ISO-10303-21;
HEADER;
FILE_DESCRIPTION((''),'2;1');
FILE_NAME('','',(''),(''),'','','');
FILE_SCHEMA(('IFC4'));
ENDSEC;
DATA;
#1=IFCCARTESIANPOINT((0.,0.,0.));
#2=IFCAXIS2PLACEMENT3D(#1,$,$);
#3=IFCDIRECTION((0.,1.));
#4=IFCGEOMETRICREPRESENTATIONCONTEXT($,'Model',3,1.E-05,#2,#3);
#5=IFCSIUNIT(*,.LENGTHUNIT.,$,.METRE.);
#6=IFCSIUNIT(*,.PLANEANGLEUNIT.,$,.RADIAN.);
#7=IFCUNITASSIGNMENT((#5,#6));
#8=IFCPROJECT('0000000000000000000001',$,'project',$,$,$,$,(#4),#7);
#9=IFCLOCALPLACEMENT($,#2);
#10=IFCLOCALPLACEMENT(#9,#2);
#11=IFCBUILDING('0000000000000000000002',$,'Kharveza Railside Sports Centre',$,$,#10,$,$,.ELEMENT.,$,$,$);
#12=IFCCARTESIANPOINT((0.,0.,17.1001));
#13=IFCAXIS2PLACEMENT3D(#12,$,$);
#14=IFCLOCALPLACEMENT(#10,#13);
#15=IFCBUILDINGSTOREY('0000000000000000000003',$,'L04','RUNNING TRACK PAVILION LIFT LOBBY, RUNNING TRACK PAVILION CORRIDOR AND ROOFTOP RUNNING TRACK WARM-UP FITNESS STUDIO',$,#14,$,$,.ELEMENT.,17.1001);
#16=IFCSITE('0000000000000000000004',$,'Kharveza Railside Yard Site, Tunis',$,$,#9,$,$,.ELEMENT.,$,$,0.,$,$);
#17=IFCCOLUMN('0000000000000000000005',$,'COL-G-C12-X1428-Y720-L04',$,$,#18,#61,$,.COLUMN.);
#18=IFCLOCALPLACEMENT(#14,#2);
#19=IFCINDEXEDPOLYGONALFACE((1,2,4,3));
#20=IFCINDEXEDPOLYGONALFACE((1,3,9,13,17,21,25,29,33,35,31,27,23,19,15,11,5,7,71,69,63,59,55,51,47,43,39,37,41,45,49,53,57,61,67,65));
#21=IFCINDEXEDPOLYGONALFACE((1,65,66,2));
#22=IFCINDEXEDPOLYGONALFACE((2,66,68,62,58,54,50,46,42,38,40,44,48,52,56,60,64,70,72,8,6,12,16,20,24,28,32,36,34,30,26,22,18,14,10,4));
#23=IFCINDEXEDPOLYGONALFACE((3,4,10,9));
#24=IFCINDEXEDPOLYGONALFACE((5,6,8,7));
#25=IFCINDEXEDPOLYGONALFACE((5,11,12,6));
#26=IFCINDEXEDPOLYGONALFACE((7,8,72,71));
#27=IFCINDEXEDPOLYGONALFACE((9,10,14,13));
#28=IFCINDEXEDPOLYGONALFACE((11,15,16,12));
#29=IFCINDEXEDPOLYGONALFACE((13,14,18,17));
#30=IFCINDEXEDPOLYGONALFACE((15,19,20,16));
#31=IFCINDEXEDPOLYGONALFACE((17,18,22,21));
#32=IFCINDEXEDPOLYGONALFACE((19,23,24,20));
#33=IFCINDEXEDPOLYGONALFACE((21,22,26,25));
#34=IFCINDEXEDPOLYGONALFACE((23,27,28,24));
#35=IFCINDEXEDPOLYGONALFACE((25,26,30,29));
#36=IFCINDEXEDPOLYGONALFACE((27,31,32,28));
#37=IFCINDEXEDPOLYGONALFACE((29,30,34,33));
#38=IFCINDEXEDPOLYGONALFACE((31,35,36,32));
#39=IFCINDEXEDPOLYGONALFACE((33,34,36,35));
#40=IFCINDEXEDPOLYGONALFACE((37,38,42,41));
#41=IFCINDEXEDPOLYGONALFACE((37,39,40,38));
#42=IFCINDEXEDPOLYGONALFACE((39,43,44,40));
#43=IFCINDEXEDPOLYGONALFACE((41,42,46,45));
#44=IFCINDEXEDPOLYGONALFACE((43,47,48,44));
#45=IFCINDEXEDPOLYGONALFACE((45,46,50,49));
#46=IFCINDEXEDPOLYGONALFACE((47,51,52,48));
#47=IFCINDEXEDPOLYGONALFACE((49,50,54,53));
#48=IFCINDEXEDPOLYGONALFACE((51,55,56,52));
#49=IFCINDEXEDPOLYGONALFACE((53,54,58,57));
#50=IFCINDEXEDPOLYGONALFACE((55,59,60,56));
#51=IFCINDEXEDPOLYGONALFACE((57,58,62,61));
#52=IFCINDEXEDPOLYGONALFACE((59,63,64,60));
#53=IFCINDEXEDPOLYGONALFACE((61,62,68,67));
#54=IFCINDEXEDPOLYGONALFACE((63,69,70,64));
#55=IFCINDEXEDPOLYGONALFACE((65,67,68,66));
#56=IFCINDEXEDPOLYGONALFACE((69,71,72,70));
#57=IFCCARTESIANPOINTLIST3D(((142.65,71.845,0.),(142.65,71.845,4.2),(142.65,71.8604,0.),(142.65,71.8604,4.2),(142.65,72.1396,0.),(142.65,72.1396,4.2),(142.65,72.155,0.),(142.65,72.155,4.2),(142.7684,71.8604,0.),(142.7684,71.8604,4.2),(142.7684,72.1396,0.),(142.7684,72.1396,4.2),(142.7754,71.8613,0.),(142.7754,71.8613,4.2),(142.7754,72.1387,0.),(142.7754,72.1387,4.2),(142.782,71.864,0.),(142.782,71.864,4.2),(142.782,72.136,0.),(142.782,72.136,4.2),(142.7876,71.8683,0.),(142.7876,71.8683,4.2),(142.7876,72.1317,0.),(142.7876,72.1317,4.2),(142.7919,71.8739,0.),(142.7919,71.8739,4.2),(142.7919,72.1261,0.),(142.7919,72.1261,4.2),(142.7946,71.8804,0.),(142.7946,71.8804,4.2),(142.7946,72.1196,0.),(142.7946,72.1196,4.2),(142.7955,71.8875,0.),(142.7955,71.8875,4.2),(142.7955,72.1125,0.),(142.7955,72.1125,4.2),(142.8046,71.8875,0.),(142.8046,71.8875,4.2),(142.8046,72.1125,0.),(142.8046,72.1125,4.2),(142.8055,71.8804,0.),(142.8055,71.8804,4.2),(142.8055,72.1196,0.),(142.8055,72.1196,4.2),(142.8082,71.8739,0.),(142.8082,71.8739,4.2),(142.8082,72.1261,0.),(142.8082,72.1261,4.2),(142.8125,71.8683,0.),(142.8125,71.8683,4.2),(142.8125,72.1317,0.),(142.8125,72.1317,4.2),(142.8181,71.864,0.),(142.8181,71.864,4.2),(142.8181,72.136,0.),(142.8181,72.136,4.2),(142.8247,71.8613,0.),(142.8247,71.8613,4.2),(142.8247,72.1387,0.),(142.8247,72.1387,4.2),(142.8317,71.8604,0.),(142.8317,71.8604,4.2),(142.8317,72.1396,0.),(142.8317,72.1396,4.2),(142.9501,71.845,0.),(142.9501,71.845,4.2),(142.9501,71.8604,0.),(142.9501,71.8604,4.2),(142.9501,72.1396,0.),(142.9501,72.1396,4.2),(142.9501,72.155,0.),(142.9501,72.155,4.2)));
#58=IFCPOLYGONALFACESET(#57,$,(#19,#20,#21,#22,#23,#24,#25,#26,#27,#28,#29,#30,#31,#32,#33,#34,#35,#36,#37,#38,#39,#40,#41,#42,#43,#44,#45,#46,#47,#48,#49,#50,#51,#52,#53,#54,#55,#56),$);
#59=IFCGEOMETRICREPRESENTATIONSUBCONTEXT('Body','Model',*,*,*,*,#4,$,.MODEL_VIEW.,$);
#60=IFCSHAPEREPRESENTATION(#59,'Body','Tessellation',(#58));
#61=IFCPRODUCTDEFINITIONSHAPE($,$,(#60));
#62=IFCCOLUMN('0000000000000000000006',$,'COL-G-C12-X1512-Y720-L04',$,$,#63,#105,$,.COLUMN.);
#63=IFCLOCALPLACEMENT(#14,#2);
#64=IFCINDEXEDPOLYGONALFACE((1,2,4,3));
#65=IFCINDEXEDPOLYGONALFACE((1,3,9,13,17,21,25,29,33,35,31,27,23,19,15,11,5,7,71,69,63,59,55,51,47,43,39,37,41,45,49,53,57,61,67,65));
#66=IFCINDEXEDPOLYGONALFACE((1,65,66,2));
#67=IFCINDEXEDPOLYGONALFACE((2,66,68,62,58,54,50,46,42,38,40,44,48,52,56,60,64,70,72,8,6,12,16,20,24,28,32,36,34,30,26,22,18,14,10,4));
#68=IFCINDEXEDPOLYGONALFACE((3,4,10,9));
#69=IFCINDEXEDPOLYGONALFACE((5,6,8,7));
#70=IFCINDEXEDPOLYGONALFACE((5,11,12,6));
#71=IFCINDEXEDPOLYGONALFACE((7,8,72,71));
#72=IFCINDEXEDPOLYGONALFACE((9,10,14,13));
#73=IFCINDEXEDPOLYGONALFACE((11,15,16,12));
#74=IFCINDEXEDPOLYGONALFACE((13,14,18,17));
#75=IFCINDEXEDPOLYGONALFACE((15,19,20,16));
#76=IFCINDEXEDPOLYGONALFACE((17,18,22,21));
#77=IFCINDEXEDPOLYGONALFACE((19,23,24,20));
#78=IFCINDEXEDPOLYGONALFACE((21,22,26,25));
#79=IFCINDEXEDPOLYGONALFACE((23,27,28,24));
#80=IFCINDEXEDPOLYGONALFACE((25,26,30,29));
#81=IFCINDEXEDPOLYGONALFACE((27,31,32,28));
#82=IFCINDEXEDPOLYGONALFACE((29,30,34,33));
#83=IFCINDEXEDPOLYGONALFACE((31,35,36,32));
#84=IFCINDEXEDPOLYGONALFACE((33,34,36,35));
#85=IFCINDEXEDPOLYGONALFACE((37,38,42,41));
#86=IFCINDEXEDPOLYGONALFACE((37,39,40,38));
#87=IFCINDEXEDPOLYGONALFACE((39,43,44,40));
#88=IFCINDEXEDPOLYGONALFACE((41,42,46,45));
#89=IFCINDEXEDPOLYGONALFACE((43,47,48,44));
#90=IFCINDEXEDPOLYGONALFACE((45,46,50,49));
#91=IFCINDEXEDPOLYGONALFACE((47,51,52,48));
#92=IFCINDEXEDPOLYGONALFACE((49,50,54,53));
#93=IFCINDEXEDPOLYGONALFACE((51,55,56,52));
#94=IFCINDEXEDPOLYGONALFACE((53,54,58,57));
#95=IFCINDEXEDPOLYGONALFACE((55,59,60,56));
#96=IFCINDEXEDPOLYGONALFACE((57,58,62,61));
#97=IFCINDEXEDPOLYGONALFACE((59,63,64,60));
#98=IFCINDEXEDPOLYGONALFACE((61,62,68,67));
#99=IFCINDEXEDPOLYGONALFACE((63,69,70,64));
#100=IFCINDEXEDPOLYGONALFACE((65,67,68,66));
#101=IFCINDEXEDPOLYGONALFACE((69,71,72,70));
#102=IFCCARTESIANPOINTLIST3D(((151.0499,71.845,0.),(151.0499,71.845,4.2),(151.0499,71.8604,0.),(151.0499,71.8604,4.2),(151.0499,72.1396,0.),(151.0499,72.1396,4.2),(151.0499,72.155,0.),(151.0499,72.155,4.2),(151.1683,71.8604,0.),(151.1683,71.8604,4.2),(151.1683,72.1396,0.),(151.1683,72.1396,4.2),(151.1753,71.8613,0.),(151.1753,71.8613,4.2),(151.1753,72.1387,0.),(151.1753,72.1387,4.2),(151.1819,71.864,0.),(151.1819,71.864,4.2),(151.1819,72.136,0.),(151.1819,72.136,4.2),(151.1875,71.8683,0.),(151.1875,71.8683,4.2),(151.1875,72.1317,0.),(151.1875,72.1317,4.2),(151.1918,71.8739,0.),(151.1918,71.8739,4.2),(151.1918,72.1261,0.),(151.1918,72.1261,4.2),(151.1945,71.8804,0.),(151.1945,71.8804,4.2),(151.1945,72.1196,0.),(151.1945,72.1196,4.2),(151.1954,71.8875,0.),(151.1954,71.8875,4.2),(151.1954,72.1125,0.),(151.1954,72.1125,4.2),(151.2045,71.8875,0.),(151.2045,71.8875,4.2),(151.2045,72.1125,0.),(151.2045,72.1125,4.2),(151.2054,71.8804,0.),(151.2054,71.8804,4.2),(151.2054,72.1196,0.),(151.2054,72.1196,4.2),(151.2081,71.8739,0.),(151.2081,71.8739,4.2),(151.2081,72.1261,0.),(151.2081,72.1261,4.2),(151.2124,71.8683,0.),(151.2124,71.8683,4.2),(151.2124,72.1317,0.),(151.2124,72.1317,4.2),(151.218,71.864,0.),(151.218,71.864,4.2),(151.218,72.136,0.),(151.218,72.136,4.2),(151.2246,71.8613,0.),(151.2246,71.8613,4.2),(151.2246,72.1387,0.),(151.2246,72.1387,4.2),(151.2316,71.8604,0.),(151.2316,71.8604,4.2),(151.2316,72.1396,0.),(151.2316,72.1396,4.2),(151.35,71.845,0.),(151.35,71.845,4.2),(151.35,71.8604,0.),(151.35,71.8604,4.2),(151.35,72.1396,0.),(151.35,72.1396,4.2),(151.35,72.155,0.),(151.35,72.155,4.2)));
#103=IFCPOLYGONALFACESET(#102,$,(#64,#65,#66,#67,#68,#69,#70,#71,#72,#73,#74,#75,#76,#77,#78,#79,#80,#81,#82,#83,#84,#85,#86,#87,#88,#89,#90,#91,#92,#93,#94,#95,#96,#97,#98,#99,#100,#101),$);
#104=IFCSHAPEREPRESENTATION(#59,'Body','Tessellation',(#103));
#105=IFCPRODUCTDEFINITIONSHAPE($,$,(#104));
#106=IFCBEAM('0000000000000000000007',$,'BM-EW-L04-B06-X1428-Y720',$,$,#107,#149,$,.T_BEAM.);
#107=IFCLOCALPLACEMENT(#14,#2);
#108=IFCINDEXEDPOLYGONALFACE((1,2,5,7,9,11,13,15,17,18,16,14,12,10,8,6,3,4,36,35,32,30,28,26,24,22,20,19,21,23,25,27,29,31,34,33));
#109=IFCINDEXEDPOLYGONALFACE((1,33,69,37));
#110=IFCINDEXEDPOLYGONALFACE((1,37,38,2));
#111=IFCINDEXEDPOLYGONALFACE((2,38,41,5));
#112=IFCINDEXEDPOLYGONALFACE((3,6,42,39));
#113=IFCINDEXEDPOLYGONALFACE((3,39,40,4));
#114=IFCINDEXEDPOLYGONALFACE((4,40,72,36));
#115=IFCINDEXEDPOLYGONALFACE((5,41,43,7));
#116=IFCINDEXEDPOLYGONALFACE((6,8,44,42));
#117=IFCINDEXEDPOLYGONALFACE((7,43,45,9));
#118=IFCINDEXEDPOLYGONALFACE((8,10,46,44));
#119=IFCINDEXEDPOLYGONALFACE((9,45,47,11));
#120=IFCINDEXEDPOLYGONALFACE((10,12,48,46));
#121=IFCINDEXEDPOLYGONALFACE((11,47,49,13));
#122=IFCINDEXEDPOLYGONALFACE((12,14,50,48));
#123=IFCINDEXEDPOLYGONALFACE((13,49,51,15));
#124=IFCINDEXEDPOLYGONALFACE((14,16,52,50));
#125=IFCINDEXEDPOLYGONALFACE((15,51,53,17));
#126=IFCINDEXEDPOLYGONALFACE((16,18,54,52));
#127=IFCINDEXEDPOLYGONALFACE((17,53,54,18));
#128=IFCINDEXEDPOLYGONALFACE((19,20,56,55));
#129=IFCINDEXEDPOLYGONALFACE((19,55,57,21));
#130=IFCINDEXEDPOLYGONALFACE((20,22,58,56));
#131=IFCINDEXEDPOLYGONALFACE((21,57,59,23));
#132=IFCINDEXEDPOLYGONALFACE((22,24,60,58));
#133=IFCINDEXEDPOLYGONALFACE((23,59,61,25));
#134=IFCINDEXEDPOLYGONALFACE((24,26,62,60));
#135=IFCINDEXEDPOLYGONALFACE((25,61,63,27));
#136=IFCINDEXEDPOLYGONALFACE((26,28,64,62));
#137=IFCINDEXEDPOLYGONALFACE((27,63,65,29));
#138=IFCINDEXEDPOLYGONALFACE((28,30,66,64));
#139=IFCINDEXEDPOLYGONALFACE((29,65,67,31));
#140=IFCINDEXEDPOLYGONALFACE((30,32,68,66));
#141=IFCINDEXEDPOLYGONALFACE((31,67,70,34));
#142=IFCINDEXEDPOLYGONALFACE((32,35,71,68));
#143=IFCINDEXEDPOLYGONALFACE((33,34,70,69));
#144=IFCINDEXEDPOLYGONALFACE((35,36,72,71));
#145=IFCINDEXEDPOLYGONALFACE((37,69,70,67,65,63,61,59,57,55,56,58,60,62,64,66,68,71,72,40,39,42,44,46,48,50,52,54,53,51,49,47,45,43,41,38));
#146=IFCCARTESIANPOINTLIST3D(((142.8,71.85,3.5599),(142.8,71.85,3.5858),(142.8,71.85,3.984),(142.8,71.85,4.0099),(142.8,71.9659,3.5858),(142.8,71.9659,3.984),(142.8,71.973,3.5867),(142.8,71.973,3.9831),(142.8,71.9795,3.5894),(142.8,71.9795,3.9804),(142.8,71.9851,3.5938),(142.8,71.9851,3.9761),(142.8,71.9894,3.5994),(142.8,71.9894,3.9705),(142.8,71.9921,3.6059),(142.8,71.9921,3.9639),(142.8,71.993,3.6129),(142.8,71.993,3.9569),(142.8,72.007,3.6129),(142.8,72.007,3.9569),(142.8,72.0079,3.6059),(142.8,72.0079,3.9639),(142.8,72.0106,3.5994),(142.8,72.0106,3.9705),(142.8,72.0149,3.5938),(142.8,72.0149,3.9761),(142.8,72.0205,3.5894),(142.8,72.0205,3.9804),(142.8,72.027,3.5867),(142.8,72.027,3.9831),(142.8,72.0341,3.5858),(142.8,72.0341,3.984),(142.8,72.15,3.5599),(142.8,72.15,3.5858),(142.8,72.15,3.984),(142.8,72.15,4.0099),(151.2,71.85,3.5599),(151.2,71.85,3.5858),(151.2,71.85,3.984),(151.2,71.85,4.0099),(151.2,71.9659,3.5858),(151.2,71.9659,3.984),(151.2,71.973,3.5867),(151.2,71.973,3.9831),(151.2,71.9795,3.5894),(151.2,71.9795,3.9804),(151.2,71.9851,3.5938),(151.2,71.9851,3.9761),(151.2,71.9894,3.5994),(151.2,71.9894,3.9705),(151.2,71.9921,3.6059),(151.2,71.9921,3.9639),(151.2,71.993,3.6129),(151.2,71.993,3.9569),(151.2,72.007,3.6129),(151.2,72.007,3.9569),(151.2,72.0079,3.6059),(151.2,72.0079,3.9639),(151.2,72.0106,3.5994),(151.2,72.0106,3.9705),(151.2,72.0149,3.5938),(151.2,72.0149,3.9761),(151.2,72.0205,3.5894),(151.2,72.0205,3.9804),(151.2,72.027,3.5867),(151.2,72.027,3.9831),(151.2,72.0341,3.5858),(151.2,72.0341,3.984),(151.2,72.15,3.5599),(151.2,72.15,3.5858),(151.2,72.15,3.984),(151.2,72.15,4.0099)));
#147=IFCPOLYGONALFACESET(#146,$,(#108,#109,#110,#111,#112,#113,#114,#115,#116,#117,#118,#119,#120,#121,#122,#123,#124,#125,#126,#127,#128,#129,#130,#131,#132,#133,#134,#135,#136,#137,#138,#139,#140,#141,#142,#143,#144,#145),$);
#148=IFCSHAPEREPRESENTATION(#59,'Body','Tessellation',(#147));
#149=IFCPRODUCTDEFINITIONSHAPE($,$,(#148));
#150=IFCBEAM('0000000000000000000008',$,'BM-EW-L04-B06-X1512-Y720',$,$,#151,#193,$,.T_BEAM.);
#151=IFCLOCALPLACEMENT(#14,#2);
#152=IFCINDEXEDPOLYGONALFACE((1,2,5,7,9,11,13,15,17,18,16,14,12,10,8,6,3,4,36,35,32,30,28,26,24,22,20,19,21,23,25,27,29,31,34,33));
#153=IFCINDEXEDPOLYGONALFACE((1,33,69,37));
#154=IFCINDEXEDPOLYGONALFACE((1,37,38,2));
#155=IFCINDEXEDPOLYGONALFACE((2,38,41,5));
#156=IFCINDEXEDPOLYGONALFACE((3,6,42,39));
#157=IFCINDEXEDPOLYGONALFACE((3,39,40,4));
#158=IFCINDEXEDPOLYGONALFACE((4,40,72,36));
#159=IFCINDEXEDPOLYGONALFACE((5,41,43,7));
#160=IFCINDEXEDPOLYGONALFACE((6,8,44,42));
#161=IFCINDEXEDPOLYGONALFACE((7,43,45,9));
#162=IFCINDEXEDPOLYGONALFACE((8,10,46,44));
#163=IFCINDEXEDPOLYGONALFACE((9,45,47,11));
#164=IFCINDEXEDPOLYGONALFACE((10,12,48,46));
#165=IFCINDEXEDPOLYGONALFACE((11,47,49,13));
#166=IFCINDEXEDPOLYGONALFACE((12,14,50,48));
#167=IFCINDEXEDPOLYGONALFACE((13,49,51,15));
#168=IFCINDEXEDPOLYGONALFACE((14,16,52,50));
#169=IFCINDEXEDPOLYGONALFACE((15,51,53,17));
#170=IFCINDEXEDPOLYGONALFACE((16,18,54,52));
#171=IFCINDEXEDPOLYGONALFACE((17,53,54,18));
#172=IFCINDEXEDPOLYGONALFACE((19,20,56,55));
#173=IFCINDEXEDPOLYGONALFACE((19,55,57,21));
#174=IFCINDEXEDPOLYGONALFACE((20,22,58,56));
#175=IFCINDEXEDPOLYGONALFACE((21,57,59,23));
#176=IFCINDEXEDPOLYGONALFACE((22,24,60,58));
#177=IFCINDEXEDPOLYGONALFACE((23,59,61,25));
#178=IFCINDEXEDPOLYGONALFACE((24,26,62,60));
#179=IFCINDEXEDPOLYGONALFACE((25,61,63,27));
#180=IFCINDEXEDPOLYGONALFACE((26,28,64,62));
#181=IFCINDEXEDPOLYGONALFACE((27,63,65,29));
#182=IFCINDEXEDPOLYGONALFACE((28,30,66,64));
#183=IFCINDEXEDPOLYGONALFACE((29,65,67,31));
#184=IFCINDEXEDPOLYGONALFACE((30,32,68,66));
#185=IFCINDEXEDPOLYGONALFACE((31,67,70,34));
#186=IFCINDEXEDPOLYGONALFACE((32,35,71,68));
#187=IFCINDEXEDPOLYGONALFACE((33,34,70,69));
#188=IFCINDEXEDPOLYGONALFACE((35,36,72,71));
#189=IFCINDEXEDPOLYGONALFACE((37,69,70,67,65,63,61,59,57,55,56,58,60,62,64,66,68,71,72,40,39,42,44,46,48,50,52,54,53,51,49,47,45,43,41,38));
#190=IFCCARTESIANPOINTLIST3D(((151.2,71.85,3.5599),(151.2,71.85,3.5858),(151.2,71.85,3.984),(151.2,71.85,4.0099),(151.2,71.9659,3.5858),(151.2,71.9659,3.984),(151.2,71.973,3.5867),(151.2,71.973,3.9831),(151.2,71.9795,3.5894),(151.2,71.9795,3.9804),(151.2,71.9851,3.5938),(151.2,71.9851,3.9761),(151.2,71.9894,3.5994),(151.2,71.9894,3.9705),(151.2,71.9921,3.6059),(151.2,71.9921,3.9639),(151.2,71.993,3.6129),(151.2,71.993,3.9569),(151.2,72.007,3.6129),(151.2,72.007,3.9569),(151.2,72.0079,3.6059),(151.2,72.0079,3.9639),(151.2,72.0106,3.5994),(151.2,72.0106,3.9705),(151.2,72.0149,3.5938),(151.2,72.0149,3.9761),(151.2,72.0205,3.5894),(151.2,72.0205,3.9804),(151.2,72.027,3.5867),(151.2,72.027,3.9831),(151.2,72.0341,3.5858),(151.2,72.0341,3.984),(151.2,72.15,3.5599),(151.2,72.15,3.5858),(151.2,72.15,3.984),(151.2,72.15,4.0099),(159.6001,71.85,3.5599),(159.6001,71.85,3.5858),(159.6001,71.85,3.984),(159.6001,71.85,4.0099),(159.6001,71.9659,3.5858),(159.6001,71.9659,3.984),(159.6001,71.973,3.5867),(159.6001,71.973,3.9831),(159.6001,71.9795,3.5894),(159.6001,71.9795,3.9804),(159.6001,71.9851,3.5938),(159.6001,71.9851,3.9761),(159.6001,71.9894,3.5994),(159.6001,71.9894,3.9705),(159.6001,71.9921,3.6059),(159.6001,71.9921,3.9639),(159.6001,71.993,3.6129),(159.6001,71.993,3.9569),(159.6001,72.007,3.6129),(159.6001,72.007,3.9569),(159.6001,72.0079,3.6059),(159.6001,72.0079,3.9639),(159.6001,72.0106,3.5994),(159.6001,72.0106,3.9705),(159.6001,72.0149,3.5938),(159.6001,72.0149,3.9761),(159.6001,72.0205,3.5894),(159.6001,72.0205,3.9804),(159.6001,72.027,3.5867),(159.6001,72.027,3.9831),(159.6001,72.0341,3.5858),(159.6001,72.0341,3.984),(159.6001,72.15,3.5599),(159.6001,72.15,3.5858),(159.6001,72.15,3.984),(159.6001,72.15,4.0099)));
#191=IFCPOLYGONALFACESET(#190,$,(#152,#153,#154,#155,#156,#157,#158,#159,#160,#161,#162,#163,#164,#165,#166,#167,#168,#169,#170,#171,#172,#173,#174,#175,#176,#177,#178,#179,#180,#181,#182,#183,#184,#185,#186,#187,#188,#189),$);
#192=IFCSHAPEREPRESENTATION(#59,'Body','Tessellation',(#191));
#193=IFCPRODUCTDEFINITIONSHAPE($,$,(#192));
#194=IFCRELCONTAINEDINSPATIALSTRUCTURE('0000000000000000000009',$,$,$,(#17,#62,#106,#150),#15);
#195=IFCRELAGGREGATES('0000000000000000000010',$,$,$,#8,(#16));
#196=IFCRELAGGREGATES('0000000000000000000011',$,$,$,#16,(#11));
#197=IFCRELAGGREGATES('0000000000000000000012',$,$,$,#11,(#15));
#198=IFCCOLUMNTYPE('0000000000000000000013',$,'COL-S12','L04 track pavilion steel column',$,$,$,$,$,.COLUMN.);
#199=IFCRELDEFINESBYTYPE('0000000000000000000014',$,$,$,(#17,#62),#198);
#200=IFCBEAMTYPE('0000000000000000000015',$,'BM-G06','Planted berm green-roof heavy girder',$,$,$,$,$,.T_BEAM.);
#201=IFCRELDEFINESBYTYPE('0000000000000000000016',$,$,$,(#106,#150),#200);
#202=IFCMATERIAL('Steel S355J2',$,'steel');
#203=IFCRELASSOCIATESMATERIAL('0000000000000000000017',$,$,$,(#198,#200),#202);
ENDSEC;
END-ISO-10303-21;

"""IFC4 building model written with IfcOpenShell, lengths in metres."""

from ifc_helpers import new_model, si_unit, direction, frame, origin, origin_2d, place, context, subcontext, project, spatial, i_section, extrude, material, material_profile, profile_set, type_object, element, save


model = new_model("IFC4")

# Units and contexts
model_context = context("Model", 3, precision=1e-05, world=origin(), true_north=direction((0.0, 1.0)))
body_context = subcontext(model_context, "Body", "Model", "MODEL_VIEW")
ifc_project = project(units=[si_unit("LENGTHUNIT", "METRE"), si_unit("PLANEANGLEUNIT", "RADIAN")], contexts=[model_context])

# Site, building, storey
site_placement = place(None, origin())
site = spatial("IfcSite", under=ifc_project, at=site_placement, Name="Kharveza Railside Yard Site, Tunis", CompositionType="ELEMENT", RefElevation=0.0)
building_placement = place(site_placement, origin())
building = spatial("IfcBuilding", under=site, at=building_placement, Name="Kharveza Railside Sports Centre", CompositionType="ELEMENT")
storey_placement = place(building_placement, frame((0.0, 0.0, 17.1001)))
storey = spatial("IfcBuildingStorey", under=building, at=storey_placement, Name="L04", Description="RUNNING TRACK PAVILION LIFT LOBBY, RUNNING TRACK PAVILION CORRIDOR AND ROOFTOP RUNNING TRACK WARM-UP FITNESS STUDIO", CompositionType="ELEMENT", Elevation=17.1001)

# Columns
ifc_material_1 = material(Name="Steel S355J2", Category="steel")
ifc_material_profile_1 = material_profile(ifc_material_1, i_section(OverallWidth=0.3, OverallDepth=0.3101, WebThickness=0.009, FlangeThickness=0.0154, FilletRadius=0.0271, at=origin_2d()), Name="HEA 320")
ifc_profile_set_1 = profile_set([ifc_material_profile_1], Name="Steel S355J2")
column_type = type_object("IfcColumnType", Name="COL-S12", Description="L04 track pavilion steel column", PredefinedType="COLUMN", material=ifc_profile_set_1)
for number, where, z_axis, x_axis, name in (
    (1, (142.8, 72.0, 0.0), (0.0, 0.0, 1.0), (1.0, 0.0, 0.0), "COL-G-C12-X1428-Y720-L04"),
    (2, (151.2, 72.0, 0.0), (0.0, 0.0, 1.0), (1.0, 0.0, 0.0), "COL-G-C12-X1512-Y720-L04"),
):
    element("IfcColumn", number, at=place(storey_placement, frame(where, z_axis=z_axis, x_axis=x_axis)), inside=storey, type_object=column_type, Name=name, PredefinedType="COLUMN", context=body_context, shape_type="SweptSolid", body=[
        extrude(i_section(OverallWidth=0.3, OverallDepth=0.3101, WebThickness=0.009, FlangeThickness=0.0154, FilletRadius=0.0271, at=origin_2d()), origin(), (0.0, 0.0, 1.0), 4.2),
    ])

# Beams
ifc_material_profile_2 = material_profile(ifc_material_1, i_section(OverallWidth=0.3, OverallDepth=0.45, WebThickness=0.0139, FlangeThickness=0.0259, FilletRadius=0.0271, at=origin_2d()), Name="HEB 450")
ifc_profile_set_2 = profile_set([ifc_material_profile_2], Name="Steel S355J2")
beam_type_1 = type_object("IfcBeamType", Name="BM-G06", Description="Planted berm green-roof heavy girder", PredefinedType="T_BEAM", material=ifc_profile_set_2)
beam_1_placement = place(storey_placement, frame((142.8, 72.0, 3.7849), z_axis=(1.0, 0.0, 0.0), x_axis=(0.0, 1.0, 0.0)))
element("IfcBeam", 3, at=beam_1_placement, inside=storey, type_object=beam_type_1, Name="BM-EW-L04-B06-X1428-Y720", PredefinedType="T_BEAM", context=body_context, shape_type="SweptSolid", body=[
    extrude(i_section(OverallWidth=0.3, OverallDepth=0.45, WebThickness=0.0139, FlangeThickness=0.0259, FilletRadius=0.0271, at=origin_2d()), origin(), (0.0, 0.0, 1.0), 8.3999),
])
beam_2_placement = place(storey_placement, frame((151.2, 72.0, 3.7849), z_axis=(1.0, 0.0, 0.0), x_axis=(0.0, 1.0, 0.0)))
element("IfcBeam", 4, at=beam_2_placement, inside=storey, type_object=beam_type_1, Name="BM-EW-L04-B06-X1512-Y720", PredefinedType="T_BEAM", context=body_context, shape_type="SweptSolid", body=[
    extrude(i_section(OverallWidth=0.3, OverallDepth=0.45, WebThickness=0.0139, FlangeThickness=0.0259, FilletRadius=0.0271, at=origin_2d()), origin(), (0.0, 0.0, 1.0), 8.4001),
])

save(model, "model.ifc")
